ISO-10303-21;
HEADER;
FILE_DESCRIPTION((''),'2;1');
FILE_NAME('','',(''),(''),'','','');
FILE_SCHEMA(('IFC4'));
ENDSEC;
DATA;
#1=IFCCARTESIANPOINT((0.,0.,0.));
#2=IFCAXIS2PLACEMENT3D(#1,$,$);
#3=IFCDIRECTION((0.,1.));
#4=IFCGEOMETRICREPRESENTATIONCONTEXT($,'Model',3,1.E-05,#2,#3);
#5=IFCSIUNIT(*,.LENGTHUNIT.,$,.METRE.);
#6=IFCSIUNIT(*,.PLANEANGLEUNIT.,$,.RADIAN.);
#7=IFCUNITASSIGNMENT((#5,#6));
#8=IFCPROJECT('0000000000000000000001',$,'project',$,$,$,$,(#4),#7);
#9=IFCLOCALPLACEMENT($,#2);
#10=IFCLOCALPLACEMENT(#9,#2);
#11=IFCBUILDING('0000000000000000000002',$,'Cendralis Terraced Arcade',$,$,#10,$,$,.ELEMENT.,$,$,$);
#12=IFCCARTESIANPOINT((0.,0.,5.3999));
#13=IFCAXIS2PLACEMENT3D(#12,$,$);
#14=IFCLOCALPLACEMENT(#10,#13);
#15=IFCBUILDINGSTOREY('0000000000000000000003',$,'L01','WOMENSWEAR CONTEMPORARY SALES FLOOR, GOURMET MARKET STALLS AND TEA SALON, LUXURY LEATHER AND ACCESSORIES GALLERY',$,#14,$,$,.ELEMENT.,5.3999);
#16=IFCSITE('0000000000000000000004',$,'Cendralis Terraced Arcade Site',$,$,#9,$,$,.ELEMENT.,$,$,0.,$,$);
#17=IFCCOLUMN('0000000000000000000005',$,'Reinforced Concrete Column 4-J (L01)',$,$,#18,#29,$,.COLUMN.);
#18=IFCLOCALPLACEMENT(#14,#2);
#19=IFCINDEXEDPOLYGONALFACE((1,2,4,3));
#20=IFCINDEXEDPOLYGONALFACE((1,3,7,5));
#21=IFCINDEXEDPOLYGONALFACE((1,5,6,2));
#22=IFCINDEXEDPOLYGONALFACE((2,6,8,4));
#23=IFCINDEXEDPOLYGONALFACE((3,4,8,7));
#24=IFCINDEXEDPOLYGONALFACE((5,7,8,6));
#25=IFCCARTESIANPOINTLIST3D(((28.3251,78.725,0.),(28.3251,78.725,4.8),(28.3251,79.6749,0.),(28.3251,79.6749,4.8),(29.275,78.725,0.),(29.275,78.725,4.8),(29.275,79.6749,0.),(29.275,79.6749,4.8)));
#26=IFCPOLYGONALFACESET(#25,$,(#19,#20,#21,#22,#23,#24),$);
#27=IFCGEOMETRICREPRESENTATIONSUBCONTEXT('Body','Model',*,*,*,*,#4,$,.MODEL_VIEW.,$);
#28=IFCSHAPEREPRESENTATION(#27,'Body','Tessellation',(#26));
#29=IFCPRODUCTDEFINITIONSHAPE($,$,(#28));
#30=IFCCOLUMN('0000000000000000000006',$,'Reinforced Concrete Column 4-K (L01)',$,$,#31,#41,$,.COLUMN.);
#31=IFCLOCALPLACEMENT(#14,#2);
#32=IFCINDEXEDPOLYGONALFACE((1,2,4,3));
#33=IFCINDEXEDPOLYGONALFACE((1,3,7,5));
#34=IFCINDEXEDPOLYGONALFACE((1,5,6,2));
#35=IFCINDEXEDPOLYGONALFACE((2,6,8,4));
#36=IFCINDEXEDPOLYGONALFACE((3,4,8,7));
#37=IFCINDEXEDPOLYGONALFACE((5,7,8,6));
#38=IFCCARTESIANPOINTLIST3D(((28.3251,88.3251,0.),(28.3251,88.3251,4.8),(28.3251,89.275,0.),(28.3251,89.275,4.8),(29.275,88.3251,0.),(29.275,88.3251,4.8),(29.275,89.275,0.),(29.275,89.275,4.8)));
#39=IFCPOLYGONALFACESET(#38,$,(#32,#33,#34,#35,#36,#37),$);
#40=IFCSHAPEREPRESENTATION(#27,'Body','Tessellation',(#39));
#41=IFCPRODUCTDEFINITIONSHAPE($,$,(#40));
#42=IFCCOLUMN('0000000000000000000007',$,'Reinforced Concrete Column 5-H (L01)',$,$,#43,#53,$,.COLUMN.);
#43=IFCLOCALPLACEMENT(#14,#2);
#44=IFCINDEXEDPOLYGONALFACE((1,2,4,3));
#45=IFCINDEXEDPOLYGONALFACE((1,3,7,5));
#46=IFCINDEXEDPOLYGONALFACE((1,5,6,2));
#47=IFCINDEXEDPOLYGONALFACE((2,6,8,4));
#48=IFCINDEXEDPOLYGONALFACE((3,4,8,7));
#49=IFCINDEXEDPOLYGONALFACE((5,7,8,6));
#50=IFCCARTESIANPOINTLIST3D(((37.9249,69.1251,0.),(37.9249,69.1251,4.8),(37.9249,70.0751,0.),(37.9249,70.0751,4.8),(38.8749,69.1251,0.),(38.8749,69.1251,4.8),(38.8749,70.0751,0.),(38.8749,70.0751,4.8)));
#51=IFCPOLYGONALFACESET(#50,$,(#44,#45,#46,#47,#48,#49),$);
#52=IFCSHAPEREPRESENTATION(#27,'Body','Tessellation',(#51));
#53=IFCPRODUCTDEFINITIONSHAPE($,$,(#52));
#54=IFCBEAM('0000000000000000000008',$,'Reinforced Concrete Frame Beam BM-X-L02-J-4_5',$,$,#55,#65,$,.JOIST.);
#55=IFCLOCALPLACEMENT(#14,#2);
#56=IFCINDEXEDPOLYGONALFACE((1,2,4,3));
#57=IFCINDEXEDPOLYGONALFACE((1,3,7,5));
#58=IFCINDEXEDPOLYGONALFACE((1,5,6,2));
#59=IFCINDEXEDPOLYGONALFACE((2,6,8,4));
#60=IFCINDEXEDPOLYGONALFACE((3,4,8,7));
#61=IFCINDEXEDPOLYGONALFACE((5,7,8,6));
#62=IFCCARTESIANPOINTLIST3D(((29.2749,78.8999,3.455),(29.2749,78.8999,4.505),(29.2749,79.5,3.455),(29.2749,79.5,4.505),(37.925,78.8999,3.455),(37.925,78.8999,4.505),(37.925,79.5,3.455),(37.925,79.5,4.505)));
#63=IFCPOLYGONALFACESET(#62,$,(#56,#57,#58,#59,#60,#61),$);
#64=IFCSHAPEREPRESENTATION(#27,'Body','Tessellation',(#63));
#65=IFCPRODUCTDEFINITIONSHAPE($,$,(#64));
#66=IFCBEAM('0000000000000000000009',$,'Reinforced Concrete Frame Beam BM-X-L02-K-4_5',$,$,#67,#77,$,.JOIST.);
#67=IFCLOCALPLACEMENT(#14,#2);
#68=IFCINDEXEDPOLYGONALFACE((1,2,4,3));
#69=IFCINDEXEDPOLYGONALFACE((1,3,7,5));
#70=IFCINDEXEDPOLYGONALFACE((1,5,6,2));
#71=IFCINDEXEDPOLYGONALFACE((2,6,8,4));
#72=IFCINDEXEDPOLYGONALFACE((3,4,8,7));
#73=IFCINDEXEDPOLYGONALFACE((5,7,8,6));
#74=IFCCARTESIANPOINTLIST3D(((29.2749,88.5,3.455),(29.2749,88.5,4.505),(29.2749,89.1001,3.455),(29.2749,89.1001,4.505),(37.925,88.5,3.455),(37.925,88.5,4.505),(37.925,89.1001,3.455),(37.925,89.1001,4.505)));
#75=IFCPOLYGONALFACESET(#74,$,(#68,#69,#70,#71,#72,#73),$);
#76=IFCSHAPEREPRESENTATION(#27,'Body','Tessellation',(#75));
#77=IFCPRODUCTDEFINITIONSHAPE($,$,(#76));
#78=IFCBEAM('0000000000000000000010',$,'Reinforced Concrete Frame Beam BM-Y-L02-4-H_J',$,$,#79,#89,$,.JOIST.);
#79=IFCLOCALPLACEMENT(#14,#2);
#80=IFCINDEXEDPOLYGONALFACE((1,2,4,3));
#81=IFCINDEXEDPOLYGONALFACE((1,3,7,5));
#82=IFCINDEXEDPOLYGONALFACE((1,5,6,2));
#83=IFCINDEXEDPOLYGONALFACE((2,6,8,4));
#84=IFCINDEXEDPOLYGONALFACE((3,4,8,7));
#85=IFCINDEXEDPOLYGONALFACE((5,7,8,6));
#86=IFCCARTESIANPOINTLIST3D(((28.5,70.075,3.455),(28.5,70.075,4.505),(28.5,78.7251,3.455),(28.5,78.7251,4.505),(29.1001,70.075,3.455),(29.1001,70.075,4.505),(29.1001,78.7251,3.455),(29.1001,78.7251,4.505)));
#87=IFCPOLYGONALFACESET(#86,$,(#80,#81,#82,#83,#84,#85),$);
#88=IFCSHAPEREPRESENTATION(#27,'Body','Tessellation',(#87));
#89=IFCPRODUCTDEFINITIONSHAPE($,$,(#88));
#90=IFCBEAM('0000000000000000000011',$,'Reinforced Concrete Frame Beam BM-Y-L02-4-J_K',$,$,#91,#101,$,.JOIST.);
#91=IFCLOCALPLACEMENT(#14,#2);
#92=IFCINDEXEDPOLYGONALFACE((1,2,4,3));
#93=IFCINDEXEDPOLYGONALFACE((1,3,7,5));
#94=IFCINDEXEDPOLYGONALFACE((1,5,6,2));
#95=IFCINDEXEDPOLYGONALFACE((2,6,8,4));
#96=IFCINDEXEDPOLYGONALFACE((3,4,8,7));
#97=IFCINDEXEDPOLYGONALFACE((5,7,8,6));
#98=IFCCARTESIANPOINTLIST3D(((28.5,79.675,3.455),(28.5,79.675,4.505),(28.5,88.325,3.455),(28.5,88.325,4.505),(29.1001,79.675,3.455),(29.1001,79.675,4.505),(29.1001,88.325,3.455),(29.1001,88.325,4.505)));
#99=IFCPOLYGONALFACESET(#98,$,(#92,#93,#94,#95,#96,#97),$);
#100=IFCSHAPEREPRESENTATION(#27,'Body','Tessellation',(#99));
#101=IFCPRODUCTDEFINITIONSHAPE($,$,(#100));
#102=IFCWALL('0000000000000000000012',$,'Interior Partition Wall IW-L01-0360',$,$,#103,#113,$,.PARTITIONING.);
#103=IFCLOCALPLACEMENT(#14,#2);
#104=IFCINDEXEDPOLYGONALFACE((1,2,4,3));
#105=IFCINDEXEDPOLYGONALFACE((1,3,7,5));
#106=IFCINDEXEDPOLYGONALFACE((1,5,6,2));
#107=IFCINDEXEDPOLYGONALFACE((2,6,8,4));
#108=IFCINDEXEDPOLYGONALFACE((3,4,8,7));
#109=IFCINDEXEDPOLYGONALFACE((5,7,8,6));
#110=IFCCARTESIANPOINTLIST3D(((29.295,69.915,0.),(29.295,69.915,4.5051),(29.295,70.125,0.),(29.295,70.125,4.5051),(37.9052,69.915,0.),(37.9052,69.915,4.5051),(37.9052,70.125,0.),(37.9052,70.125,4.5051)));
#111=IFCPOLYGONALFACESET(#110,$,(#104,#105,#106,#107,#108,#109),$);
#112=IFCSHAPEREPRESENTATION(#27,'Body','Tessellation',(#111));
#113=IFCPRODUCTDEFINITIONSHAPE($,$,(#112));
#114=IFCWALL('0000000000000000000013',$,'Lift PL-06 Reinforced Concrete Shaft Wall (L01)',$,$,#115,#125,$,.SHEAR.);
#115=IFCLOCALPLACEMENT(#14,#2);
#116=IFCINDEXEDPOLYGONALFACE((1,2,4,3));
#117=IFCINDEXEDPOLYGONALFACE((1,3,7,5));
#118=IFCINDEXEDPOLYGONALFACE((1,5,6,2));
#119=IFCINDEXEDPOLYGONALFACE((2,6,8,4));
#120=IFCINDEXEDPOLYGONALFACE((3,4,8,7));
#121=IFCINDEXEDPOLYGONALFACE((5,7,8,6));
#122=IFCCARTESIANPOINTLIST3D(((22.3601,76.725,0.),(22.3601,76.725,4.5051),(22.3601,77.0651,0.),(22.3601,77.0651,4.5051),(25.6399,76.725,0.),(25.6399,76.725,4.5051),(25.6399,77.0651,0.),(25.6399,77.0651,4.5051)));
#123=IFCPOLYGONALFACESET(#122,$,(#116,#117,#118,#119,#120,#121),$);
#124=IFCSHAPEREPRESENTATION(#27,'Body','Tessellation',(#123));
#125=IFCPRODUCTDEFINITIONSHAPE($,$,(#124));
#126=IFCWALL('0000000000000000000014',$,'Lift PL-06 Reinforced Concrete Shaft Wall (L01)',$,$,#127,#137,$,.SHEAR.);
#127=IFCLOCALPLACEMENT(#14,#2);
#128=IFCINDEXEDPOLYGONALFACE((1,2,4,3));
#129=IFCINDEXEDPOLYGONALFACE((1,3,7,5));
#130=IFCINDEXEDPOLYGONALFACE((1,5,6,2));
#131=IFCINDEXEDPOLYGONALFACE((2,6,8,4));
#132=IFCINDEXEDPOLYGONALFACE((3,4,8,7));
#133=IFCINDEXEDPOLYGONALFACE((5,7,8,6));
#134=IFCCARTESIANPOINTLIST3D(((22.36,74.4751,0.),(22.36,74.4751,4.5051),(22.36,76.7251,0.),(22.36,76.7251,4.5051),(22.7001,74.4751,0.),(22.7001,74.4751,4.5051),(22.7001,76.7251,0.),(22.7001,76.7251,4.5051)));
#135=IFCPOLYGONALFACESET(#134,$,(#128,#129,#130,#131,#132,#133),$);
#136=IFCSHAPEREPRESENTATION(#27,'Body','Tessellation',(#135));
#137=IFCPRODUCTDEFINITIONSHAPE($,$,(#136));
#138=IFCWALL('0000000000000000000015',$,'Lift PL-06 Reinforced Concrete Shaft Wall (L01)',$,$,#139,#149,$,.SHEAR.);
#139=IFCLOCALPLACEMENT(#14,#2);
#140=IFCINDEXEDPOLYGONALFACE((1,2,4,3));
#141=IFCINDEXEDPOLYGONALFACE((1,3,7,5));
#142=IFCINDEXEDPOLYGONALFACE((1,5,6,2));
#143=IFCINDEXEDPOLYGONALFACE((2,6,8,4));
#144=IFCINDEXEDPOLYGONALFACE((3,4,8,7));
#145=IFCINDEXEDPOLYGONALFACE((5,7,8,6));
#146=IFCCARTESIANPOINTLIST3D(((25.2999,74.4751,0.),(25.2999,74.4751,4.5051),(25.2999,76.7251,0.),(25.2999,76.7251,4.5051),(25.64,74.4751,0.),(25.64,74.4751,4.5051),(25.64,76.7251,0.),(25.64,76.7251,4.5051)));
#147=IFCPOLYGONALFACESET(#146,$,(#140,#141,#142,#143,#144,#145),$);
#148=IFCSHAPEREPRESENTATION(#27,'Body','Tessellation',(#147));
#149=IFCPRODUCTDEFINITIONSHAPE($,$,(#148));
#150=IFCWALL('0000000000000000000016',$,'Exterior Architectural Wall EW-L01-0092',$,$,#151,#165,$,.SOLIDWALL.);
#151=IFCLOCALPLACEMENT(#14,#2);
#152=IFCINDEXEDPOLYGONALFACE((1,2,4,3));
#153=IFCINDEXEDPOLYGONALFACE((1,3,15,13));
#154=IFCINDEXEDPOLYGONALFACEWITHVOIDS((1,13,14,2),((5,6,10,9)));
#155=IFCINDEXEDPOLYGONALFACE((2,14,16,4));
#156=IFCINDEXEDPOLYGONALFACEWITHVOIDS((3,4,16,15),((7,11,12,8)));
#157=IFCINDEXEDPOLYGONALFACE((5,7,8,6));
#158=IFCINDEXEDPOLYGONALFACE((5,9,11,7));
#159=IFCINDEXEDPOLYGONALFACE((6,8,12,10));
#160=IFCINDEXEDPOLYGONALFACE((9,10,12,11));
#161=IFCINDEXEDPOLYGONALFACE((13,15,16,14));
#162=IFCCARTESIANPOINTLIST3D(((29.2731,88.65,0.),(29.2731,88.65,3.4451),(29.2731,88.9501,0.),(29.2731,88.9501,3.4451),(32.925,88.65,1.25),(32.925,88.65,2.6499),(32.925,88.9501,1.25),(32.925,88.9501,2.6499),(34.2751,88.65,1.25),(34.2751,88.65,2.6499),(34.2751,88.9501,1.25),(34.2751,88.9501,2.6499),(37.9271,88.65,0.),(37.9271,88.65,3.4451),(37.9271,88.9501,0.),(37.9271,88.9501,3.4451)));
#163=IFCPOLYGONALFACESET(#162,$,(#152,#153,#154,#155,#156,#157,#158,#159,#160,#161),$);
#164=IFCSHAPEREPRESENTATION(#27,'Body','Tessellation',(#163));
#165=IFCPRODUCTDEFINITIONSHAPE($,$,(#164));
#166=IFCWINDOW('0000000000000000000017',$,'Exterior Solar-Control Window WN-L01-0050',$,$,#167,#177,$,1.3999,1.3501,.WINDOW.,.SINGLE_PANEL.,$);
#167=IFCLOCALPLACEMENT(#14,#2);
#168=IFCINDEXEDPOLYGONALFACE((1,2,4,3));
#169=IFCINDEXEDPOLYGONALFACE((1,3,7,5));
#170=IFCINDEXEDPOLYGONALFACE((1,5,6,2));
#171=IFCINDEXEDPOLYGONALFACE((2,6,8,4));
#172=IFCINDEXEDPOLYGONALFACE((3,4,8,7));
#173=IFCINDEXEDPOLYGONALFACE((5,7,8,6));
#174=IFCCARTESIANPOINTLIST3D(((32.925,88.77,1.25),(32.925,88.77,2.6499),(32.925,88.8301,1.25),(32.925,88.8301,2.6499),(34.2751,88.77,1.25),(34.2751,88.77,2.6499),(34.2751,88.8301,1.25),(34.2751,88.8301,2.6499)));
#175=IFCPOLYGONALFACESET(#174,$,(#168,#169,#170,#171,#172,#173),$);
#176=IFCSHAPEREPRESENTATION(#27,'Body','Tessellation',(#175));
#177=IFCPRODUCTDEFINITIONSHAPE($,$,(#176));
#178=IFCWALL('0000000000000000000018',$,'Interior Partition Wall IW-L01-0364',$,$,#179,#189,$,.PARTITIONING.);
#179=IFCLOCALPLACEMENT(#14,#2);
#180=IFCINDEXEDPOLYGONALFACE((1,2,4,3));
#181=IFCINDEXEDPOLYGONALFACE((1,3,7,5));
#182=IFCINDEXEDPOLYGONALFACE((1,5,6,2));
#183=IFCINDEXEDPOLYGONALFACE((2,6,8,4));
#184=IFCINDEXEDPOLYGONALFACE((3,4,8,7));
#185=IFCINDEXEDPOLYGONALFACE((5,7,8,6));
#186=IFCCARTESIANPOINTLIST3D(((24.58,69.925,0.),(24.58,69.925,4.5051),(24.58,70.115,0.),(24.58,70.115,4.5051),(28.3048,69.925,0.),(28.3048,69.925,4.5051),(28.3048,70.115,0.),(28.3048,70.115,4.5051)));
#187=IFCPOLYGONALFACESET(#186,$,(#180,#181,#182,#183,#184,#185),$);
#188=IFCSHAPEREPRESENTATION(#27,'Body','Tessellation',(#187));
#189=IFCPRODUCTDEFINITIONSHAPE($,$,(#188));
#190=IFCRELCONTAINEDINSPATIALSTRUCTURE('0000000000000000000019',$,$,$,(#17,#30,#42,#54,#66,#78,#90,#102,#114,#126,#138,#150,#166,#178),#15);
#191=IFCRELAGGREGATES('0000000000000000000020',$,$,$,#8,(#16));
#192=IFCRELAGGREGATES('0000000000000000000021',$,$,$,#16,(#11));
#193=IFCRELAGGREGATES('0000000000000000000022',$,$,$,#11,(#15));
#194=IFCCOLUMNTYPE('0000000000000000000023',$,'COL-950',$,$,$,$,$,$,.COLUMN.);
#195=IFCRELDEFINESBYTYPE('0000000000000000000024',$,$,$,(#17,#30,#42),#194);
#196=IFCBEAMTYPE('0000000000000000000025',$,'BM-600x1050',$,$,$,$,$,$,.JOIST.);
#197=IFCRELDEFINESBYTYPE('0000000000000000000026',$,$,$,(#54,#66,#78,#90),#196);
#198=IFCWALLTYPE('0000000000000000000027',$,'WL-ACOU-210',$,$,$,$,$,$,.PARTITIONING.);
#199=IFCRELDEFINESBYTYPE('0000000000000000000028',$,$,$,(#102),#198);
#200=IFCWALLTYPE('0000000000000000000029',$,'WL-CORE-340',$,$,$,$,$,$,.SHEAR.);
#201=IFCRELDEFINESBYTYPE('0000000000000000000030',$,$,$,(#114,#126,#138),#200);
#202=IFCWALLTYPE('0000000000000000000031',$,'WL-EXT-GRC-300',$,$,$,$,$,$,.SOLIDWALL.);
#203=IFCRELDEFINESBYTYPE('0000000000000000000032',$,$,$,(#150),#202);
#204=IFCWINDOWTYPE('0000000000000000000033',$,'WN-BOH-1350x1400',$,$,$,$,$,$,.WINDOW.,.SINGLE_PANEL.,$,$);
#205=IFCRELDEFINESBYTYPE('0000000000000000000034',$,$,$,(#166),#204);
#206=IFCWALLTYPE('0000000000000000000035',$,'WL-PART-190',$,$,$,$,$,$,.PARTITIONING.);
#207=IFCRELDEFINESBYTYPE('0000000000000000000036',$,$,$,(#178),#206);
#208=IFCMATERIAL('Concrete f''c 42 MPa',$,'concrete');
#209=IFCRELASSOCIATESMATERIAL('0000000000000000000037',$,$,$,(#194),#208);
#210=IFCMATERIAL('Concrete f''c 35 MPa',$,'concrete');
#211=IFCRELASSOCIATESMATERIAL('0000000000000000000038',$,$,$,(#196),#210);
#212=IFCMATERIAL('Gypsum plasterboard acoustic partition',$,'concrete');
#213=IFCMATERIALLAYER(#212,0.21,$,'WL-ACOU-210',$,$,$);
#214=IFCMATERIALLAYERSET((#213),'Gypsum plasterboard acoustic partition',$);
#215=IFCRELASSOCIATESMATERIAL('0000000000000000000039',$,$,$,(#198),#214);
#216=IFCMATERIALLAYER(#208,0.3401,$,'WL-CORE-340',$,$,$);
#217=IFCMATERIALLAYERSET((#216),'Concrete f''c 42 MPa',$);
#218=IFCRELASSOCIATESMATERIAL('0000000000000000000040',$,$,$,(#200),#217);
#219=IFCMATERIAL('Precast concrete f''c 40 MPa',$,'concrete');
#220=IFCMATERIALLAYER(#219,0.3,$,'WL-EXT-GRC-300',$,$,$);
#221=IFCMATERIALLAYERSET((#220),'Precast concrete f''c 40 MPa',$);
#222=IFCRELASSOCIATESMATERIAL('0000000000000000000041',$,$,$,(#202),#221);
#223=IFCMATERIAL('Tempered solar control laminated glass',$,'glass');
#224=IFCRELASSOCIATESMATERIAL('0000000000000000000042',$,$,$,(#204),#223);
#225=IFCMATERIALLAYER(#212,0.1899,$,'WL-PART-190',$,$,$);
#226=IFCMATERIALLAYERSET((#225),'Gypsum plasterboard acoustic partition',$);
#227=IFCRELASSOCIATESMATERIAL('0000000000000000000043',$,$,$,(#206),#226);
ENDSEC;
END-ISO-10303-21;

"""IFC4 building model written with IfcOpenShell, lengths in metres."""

from ifc_helpers import new_model, si_unit, direction, frame, frame_2d, origin, origin_2d, place, context, subcontext, project, spatial, rectangle, extrude, material, layer, layer_set, material_profile, profile_set, type_object, element, fill, save


model = new_model("IFC4")

# Units and contexts
model_context = context("Model", 3, precision=1e-05, world=origin(), true_north=direction((0.0, 1.0)))
body_context = subcontext(model_context, "Body", "Model", "MODEL_VIEW")
ifc_project = project(units=[si_unit("LENGTHUNIT", "METRE"), si_unit("PLANEANGLEUNIT", "RADIAN")], contexts=[model_context])

# Site, building, storey
site_placement = place(None, origin())
site = spatial("IfcSite", under=ifc_project, at=site_placement, Name="Cendralis Terraced Arcade Site", CompositionType="ELEMENT", RefElevation=0.0)
building_placement = place(site_placement, origin())
building = spatial("IfcBuilding", under=site, at=building_placement, Name="Cendralis Terraced Arcade", CompositionType="ELEMENT")
storey_placement = place(building_placement, frame((0.0, 0.0, 5.3999)))
storey = spatial("IfcBuildingStorey", under=building, at=storey_placement, Name="L01", Description="WOMENSWEAR CONTEMPORARY SALES FLOOR, GOURMET MARKET STALLS AND TEA SALON, LUXURY LEATHER AND ACCESSORIES GALLERY", CompositionType="ELEMENT", Elevation=5.3999)

# Columns
ifc_material_1 = material(Name="Concrete f'c 42 MPa", Category="concrete")
ifc_material_profile_1 = material_profile(ifc_material_1, rectangle(XDim=0.95, YDim=0.95, at=origin_2d()), Name="RC-COL-950x950", Category="LoadBearing")
ifc_profile_set_1 = profile_set([ifc_material_profile_1], Name="Concrete f'c 42 MPa")
column_type = type_object("IfcColumnType", Name="COL-950", PredefinedType="COLUMN", material=ifc_profile_set_1)
for number, where, z_axis, x_axis, name in (
    (1, (28.8, 79.2, 0.0), (0.0, 0.0, 1.0), (1.0, 0.0, 0.0), "Reinforced Concrete Column 4-J (L01)"),
    (2, (28.8, 88.8, 0.0), (0.0, 0.0, 1.0), (1.0, 0.0, 0.0), "Reinforced Concrete Column 4-K (L01)"),
    (3, (38.3999, 69.6001, 0.0), (0.0, 0.0, 1.0), (1.0, 0.0, 0.0), "Reinforced Concrete Column 5-H (L01)"),
):
    element("IfcColumn", number, at=place(storey_placement, frame(where, z_axis=z_axis, x_axis=x_axis)), inside=storey, type_object=column_type, Name=name, PredefinedType="COLUMN", context=body_context, shape_type="SweptSolid", body=[
        extrude(rectangle(XDim=0.95, YDim=0.95, at=origin_2d()), origin(), (0.0, 0.0, 1.0), 4.8),
    ])

# Beams
ifc_material_2 = material(Name="Concrete f'c 35 MPa", Category="concrete")
ifc_material_profile_2 = material_profile(ifc_material_2, rectangle(XDim=0.6001, YDim=1.05, at=origin_2d()), Name="RC-BM-600x1050", Category="LoadBearing")
ifc_profile_set_2 = profile_set([ifc_material_profile_2], Name="Concrete f'c 35 MPa")
beam_type = type_object("IfcBeamType", Name="BM-600x1050", PredefinedType="JOIST", material=ifc_profile_set_2)
for number, where, z_axis, x_axis, name in (
    (4, (29.2749, 79.2, 3.98), (1.0, 0.0, 0.0), (0.0, 1.0, 0.0), "Reinforced Concrete Frame Beam BM-X-L02-J-4_5"),
    (5, (29.2749, 88.8, 3.98), (1.0, 0.0, 0.0), (0.0, 1.0, 0.0), "Reinforced Concrete Frame Beam BM-X-L02-K-4_5"),
    (6, (28.8, 70.075, 3.98), (0.0, 1.0, 0.0), (-1.0, 0.0, 0.0), "Reinforced Concrete Frame Beam BM-Y-L02-4-H_J"),
):
    element("IfcBeam", number, at=place(storey_placement, frame(where, z_axis=z_axis, x_axis=x_axis)), inside=storey, type_object=beam_type, Name=name, PredefinedType="JOIST", context=body_context, shape_type="SweptSolid", body=[
        extrude(rectangle(XDim=0.6001, YDim=1.05, at=origin_2d()), origin(), (0.0, 0.0, 1.0), 8.6501),
    ])
beam_placement = place(storey_placement, frame((28.8, 79.675, 3.98), z_axis=(0.0, 1.0, 0.0), x_axis=(-1.0, 0.0, 0.0)))
element("IfcBeam", 7, at=beam_placement, inside=storey, type_object=beam_type, Name="Reinforced Concrete Frame Beam BM-Y-L02-4-J_K", PredefinedType="JOIST", context=body_context, shape_type="SweptSolid", body=[
    extrude(rectangle(XDim=0.6001, YDim=1.05, at=origin_2d()), origin(), (0.0, 0.0, 1.0), 8.6499),
])

# Walls
ifc_material_3 = material(Name="Gypsum plasterboard acoustic partition", Category="concrete")
ifc_layer_1 = layer(ifc_material_3, 0.21, Name="WL-ACOU-210")
ifc_layer_set_1 = layer_set([ifc_layer_1], Name="Gypsum plasterboard acoustic partition")
wall_type_1 = type_object("IfcWallType", Name="WL-ACOU-210", PredefinedType="PARTITIONING", material=ifc_layer_set_1)
wall_1_placement = place(storey_placement, frame((29.2949, 70.02, 0.0), z_axis=(0.0, 0.0, 1.0), x_axis=(1.0, 0.0, 0.0)))
element("IfcWall", 8, at=wall_1_placement, inside=storey, type_object=wall_type_1, Name="Interior Partition Wall IW-L01-0360", PredefinedType="PARTITIONING", context=body_context, shape_type="SweptSolid", body=[
    extrude(rectangle(XDim=8.6101, YDim=0.21, at=frame_2d((4.3052, 0.0))), origin(), (0.0, 0.0, 1.0), 4.5051),
])
ifc_layer_2 = layer(ifc_material_1, 0.3401, Name="WL-CORE-340")
ifc_layer_set_2 = layer_set([ifc_layer_2], Name="Concrete f'c 42 MPa")
wall_type_2 = type_object("IfcWallType", Name="WL-CORE-340", PredefinedType="SHEAR", material=ifc_layer_set_2)
wall_2_placement = place(storey_placement, frame((22.3601, 76.895, 0.0), z_axis=(0.0, 0.0, 1.0), x_axis=(1.0, 0.0, 0.0)))
element("IfcWall", 9, at=wall_2_placement, inside=storey, type_object=wall_type_2, Name="Lift PL-06 Reinforced Concrete Shaft Wall (L01)", PredefinedType="SHEAR", context=body_context, shape_type="SweptSolid", body=[
    extrude(rectangle(XDim=3.2798, YDim=0.3401, at=frame_2d((1.6399, 0.0))), origin(), (0.0, 0.0, 1.0), 4.5051),
])
for number, where, z_axis, x_axis, name in (
    (10, (22.53, 74.4751, 0.0), (0.0, 0.0, 1.0), (0.0, 1.0, 0.0), "Lift PL-06 Reinforced Concrete Shaft Wall (L01)"),
    (11, (25.47, 74.4751, 0.0), (0.0, 0.0, 1.0), (0.0, 1.0, 0.0), "Lift PL-06 Reinforced Concrete Shaft Wall (L01)"),
):
    element("IfcWall", number, at=place(storey_placement, frame(where, z_axis=z_axis, x_axis=x_axis)), inside=storey, type_object=wall_type_2, Name=name, PredefinedType="SHEAR", context=body_context, shape_type="SweptSolid", body=[
        extrude(rectangle(XDim=2.25, YDim=0.3401, at=frame_2d((1.125, 0.0))), origin(), (0.0, 0.0, 1.0), 4.5051),
    ])

# Wall, opening, window
ifc_material_4 = material(Name="Precast concrete f'c 40 MPa", Category="concrete")
ifc_layer_3 = layer(ifc_material_4, 0.3, Name="WL-EXT-GRC-300")
ifc_layer_set_3 = layer_set([ifc_layer_3], Name="Precast concrete f'c 40 MPa")
wall_type_3 = type_object("IfcWallType", Name="WL-EXT-GRC-300", PredefinedType="SOLIDWALL", material=ifc_layer_set_3)
wall_3_placement = place(storey_placement, frame((29.2729, 88.8, 0.0), z_axis=(0.0, 0.0, 1.0), x_axis=(1.0, 0.0, 0.0)))
wall_3 = element("IfcWall", 12, at=wall_3_placement, inside=storey, type_object=wall_type_3, Name="Exterior Architectural Wall EW-L01-0092", PredefinedType="SOLIDWALL", context=body_context, shape_type="SweptSolid", body=[
    extrude(rectangle(XDim=8.6541, YDim=0.3, at=frame_2d((4.3271, 0.0))), origin(), (0.0, 0.0, 1.0), 3.4451),
])
opening_placement = place(wall_3_placement, frame((3.6521, 0.0, 1.25)))
opening = element("IfcOpeningElement", 13, at=opening_placement, cuts=wall_3, PredefinedType="OPENING", context=body_context, shape_type="SweptSolid", body=[
    extrude(rectangle(XDim=1.3501, YDim=1.3999, at=frame_2d((0.675, 0.7))), frame((0.0, 0.1621, 0.0), z_axis=(0.0, -1.0, 0.0), x_axis=(1.0, 0.0, 0.0)), (0.0, 0.0, 1.0), 0.324),
])
ifc_material_5 = material(Name="Tempered solar control laminated glass", Category="glass")
window_type = type_object("IfcWindowType", Name="WN-BOH-1350x1400", PartitioningType="SINGLE_PANEL", PredefinedType="WINDOW", material=ifc_material_5)
window_placement = place(opening_placement, origin())
window = element("IfcWindow", 14, at=window_placement, inside=storey, type_object=window_type, Name="Exterior Solar-Control Window WN-L01-0050", OverallHeight=1.3999, OverallWidth=1.3501, PartitioningType="SINGLE_PANEL", PredefinedType="WINDOW", context=body_context, shape_type="SweptSolid", body=[
    extrude(rectangle(XDim=1.3501, YDim=1.3999, at=frame_2d((0.675, 0.7))), frame((0.0, 0.03, 0.0), z_axis=(0.0, -1.0, 0.0), x_axis=(1.0, 0.0, 0.0)), (0.0, 0.0, 1.0), 0.0601),
])
fill(opening, window)

# Wall
ifc_layer_4 = layer(ifc_material_3, 0.1899, Name="WL-PART-190")
ifc_layer_set_4 = layer_set([ifc_layer_4], Name="Gypsum plasterboard acoustic partition")
wall_type_4 = type_object("IfcWallType", Name="WL-PART-190", PredefinedType="PARTITIONING", material=ifc_layer_set_4)
wall_4_placement = place(storey_placement, frame((24.5801, 70.02, 0.0), z_axis=(0.0, 0.0, 1.0), x_axis=(1.0, 0.0, 0.0)))
element("IfcWall", 15, at=wall_4_placement, inside=storey, type_object=wall_type_4, Name="Interior Partition Wall IW-L01-0364", PredefinedType="PARTITIONING", context=body_context, shape_type="SweptSolid", body=[
    extrude(rectangle(XDim=3.7249, YDim=0.1899, at=frame_2d((1.8623, 0.0))), origin(), (0.0, 0.0, 1.0), 4.5051),
])

save(model, "model.ifc")
